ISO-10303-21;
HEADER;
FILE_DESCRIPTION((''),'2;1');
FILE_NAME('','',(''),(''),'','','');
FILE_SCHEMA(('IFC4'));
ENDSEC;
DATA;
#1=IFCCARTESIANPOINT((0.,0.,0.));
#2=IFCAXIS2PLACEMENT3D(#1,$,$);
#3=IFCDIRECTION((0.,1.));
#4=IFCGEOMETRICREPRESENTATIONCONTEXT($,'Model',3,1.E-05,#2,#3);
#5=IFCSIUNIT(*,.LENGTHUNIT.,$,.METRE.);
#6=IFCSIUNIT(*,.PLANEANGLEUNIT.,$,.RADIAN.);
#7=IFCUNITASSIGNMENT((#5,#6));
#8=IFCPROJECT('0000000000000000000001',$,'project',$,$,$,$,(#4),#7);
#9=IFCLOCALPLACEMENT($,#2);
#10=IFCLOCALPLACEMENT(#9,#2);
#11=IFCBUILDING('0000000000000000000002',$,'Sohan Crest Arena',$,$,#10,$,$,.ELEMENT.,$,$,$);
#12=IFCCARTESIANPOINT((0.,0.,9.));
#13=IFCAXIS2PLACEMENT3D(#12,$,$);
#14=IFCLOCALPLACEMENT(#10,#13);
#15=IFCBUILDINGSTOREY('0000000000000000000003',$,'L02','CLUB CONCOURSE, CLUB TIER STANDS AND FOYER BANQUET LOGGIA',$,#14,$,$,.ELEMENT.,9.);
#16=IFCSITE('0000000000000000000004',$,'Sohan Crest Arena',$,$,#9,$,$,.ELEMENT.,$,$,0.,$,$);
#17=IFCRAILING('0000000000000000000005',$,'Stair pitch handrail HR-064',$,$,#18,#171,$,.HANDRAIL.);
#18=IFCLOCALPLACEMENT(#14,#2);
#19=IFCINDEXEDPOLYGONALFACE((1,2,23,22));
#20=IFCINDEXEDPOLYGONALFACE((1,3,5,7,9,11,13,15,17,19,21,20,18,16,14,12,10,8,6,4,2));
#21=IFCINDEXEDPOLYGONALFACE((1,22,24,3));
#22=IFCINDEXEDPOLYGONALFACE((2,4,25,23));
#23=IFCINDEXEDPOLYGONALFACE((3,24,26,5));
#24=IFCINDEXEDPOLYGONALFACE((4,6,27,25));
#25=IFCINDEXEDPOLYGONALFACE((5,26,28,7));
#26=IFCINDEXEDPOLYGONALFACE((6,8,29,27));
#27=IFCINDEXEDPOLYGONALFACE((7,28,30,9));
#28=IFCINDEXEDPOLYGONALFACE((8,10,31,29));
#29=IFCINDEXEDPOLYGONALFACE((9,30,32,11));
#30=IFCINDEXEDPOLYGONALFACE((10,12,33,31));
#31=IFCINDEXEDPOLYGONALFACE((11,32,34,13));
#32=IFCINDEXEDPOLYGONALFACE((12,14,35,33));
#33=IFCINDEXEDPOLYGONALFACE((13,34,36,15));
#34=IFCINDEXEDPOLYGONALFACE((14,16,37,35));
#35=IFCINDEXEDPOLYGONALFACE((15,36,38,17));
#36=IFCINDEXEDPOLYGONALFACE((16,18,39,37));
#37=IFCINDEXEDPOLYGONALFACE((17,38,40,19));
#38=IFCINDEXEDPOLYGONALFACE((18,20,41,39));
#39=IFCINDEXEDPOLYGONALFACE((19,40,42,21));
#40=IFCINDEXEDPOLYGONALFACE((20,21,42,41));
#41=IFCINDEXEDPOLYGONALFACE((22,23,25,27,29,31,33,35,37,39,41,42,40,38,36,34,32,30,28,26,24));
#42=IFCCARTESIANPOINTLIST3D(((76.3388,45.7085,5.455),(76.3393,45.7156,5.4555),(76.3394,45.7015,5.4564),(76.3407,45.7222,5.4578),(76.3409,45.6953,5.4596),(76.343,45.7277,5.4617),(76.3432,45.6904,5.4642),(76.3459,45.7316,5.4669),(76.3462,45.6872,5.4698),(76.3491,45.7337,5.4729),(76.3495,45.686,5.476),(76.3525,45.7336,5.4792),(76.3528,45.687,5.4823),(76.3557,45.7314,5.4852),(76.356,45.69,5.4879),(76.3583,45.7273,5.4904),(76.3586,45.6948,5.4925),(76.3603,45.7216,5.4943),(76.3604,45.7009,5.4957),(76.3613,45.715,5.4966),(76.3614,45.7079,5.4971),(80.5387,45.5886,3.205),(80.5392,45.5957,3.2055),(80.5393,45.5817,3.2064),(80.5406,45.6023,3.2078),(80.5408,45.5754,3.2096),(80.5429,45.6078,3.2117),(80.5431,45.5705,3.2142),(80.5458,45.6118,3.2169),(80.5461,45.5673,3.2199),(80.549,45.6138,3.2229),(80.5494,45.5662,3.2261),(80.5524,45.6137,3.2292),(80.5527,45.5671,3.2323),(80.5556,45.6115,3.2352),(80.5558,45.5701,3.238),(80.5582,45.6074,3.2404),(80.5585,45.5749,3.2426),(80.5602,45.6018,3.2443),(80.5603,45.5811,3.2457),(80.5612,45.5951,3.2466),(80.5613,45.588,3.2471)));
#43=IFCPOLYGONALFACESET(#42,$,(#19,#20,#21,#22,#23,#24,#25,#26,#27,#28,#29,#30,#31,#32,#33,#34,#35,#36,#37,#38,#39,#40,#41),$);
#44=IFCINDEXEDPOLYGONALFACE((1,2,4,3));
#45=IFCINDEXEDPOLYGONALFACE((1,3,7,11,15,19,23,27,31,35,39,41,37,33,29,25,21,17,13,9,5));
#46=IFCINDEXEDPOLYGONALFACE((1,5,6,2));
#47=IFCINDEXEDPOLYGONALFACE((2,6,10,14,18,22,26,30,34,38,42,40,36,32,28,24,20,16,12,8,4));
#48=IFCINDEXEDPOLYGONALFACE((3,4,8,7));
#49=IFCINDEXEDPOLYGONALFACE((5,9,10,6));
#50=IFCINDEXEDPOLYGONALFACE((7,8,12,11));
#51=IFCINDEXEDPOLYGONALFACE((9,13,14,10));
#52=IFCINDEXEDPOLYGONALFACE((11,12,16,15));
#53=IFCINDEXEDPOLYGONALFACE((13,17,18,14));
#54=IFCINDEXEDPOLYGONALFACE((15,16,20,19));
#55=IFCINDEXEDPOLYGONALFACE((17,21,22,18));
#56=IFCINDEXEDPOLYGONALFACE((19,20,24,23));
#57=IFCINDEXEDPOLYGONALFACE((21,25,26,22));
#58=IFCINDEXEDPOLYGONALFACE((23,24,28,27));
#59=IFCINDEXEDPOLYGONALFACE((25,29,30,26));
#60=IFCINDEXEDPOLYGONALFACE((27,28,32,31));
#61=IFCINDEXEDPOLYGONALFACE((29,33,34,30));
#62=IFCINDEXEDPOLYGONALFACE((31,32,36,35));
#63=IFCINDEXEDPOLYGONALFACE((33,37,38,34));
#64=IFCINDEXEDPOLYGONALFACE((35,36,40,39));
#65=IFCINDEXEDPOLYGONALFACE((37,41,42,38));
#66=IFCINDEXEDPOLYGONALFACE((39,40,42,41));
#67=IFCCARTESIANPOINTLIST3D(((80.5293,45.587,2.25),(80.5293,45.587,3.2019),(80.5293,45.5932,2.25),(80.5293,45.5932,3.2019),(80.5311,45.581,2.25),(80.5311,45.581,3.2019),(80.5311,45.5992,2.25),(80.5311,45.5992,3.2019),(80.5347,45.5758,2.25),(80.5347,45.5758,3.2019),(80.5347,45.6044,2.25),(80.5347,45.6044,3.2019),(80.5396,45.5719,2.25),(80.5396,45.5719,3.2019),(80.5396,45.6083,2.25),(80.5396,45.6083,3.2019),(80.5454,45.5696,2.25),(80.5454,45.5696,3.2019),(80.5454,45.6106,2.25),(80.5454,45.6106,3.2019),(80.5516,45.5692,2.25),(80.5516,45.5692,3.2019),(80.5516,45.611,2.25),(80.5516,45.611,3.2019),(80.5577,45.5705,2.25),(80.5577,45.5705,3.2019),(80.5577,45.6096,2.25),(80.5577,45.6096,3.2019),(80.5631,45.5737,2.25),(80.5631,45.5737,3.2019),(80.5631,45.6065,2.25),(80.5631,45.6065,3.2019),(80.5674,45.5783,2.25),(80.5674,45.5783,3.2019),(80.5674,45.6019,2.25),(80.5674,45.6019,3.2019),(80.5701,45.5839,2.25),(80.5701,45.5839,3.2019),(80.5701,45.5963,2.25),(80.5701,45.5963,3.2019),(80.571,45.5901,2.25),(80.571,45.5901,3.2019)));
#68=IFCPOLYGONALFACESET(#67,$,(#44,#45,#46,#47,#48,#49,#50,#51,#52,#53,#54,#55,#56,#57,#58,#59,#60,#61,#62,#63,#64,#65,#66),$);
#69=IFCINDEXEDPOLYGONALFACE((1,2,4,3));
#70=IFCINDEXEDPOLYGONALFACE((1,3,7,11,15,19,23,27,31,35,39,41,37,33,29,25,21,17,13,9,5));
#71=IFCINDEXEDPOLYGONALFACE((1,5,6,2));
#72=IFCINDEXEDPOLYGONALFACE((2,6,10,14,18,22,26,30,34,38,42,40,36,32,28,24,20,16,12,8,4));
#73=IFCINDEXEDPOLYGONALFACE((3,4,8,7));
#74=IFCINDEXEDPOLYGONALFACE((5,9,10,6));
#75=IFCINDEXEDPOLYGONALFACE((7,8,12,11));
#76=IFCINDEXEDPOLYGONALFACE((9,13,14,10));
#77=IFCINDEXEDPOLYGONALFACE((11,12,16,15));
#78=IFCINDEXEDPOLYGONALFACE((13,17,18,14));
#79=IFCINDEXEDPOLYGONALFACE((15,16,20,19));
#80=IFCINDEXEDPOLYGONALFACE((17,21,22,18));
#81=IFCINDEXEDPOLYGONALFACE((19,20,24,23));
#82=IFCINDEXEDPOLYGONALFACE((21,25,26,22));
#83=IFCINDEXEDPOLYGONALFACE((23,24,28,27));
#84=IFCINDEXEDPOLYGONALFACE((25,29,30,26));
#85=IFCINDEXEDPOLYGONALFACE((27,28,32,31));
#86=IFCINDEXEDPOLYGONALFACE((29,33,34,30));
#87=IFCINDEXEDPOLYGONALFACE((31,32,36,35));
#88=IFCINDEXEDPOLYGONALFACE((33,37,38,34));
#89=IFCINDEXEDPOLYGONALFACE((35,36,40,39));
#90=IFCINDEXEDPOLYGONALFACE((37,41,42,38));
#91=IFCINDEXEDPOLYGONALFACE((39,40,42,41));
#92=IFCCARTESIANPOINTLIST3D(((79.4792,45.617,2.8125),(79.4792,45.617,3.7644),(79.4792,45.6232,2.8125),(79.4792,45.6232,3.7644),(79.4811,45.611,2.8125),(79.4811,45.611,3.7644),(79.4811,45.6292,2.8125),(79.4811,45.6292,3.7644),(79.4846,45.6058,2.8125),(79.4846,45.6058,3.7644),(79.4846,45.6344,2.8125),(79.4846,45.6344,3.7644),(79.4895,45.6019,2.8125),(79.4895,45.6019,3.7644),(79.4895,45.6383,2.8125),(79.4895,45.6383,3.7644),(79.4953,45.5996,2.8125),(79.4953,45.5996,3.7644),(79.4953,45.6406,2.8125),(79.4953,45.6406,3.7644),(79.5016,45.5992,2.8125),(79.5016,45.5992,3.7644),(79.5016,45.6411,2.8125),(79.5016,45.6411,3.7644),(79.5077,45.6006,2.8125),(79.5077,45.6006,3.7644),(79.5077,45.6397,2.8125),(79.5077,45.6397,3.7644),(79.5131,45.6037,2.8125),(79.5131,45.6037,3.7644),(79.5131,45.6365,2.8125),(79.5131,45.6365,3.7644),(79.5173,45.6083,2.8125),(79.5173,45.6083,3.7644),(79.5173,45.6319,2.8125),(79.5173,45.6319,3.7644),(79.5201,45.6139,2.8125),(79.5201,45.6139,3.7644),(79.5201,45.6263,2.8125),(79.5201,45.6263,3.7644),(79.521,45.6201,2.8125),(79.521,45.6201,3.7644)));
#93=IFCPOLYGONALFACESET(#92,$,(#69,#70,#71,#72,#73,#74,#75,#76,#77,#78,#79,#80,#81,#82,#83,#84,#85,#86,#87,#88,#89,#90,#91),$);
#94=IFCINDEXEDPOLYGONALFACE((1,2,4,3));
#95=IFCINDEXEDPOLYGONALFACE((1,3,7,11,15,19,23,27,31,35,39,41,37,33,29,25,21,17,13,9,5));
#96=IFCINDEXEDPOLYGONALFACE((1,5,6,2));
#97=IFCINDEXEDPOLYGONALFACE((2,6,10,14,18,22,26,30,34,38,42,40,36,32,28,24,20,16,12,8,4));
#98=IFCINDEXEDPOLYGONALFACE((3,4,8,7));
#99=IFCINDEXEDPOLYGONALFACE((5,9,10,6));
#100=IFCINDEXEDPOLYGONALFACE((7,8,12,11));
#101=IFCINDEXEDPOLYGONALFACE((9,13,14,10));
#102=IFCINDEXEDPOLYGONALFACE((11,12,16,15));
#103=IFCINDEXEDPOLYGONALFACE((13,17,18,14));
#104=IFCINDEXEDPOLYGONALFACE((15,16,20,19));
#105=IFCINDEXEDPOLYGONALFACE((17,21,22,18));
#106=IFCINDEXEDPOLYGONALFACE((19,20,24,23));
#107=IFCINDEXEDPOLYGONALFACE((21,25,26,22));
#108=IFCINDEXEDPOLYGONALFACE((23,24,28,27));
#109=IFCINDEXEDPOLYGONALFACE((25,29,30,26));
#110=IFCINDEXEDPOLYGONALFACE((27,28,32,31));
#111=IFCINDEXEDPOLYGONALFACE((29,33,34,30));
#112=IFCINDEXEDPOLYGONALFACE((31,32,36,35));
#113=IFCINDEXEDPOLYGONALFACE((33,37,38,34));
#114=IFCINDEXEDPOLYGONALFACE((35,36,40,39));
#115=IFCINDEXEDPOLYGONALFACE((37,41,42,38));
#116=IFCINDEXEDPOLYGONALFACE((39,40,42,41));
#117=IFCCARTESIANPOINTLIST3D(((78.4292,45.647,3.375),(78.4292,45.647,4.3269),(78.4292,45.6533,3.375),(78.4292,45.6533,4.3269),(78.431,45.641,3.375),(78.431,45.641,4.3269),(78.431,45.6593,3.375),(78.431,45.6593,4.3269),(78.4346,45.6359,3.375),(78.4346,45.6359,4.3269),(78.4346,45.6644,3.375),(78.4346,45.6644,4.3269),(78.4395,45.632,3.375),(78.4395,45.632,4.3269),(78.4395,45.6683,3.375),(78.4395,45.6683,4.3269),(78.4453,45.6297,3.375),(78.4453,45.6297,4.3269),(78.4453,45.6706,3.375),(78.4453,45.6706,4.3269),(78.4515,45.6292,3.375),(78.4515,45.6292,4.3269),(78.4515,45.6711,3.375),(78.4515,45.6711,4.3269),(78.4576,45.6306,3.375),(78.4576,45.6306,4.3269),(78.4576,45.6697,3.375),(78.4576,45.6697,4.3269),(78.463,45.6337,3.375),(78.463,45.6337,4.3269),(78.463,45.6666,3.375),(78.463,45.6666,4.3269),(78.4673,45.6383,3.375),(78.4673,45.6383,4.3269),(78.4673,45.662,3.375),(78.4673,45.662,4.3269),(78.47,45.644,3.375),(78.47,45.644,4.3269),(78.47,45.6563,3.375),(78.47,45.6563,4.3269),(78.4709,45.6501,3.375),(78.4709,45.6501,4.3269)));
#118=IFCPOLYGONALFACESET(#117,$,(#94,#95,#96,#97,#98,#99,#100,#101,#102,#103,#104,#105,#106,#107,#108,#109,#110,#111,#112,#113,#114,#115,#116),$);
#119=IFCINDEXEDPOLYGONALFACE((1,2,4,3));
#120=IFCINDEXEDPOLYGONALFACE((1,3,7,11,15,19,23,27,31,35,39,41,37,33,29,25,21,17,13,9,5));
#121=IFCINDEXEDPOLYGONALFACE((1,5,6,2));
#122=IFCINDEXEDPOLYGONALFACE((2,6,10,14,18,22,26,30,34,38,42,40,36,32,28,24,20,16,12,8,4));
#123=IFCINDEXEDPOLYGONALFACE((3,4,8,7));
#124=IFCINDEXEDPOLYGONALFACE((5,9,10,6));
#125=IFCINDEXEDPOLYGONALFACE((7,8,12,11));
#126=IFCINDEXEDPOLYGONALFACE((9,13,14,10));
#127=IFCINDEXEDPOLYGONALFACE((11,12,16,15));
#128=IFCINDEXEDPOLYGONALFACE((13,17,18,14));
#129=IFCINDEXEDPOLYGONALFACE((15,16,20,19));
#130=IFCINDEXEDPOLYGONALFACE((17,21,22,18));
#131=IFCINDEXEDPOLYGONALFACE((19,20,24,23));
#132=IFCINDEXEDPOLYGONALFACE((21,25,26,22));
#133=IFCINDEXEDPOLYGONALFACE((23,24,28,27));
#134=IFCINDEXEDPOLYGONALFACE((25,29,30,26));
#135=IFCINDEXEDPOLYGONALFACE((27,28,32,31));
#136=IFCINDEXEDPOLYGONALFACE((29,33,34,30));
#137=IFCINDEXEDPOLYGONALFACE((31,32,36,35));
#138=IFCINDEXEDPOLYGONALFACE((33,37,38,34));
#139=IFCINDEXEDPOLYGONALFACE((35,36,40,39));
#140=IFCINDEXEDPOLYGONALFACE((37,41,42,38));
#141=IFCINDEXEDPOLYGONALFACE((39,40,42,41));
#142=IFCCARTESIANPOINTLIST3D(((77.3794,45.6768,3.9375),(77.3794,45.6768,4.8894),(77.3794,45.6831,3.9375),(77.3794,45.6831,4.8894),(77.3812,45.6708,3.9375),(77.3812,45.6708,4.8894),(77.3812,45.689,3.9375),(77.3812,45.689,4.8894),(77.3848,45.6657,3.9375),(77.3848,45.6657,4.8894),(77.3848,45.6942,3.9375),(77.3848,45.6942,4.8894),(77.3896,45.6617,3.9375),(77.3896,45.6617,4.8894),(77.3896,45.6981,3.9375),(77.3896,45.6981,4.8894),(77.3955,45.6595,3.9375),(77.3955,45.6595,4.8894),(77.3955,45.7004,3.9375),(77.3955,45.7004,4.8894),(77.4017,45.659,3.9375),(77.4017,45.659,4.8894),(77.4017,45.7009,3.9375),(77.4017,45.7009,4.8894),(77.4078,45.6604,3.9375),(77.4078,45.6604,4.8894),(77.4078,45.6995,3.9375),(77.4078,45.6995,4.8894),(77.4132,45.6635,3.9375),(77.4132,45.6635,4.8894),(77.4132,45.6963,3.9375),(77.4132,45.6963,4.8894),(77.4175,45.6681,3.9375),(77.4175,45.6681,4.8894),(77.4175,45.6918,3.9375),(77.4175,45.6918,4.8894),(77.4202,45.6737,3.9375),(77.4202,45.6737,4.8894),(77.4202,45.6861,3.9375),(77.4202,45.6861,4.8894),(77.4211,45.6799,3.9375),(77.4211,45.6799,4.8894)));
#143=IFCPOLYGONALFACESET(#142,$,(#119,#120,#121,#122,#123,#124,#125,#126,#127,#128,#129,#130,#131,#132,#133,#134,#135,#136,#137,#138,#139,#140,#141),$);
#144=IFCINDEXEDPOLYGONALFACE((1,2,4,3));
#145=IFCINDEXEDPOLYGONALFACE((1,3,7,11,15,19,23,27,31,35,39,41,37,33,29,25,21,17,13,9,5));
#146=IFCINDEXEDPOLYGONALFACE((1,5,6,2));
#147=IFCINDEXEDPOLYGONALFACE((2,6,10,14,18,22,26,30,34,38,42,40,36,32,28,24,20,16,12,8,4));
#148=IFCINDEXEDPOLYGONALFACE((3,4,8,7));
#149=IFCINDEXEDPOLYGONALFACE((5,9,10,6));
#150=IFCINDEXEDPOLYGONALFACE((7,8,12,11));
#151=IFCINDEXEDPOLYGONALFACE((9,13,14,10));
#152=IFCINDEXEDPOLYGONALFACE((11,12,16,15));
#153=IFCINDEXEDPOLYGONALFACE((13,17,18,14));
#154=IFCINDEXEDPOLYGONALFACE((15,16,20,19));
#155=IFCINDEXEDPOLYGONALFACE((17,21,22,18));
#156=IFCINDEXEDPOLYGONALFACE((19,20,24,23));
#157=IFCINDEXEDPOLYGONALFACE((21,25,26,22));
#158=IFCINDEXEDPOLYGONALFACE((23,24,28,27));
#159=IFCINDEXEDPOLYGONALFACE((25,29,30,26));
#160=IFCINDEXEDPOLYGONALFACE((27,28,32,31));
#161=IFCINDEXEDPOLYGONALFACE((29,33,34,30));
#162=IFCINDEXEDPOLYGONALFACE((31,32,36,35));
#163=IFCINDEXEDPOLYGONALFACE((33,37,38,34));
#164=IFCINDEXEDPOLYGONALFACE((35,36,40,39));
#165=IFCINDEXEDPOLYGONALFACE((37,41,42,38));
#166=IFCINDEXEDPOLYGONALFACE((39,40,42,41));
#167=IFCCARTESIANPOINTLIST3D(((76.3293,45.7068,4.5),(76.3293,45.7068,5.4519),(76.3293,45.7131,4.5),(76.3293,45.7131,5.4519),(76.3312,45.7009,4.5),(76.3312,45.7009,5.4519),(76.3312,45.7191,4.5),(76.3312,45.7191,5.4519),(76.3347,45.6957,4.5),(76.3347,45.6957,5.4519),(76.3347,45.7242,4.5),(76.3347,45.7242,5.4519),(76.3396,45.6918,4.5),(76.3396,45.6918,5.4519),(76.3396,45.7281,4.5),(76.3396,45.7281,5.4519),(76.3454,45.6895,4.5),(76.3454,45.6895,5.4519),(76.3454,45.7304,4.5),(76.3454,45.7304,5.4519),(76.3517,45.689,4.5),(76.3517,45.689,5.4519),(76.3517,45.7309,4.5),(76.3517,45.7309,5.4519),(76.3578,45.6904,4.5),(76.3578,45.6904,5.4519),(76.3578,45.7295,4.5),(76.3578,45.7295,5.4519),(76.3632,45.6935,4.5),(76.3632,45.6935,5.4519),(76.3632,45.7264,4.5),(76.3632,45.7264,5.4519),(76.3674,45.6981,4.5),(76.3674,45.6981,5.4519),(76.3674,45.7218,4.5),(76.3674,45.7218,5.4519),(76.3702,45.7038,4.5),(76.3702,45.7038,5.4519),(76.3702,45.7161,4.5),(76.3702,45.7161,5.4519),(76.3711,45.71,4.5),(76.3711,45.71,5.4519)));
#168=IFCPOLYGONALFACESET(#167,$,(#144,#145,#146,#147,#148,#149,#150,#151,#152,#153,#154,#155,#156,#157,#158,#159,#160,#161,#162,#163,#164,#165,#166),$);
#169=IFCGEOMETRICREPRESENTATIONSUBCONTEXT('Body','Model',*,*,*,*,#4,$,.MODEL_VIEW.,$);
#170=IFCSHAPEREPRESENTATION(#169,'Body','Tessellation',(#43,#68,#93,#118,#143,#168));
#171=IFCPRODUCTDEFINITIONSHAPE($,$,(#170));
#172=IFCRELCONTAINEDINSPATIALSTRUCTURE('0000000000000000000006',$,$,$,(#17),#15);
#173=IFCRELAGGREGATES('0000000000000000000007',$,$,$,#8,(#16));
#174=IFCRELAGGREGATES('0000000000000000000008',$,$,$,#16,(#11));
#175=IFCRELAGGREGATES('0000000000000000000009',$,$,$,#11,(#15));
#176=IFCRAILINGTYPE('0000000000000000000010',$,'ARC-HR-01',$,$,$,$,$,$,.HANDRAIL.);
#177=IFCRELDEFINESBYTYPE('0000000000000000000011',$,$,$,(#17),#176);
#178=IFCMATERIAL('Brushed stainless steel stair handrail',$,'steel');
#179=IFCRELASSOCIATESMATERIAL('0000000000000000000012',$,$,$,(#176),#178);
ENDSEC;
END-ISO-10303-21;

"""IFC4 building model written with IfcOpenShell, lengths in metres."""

from ifc_helpers import new_model, si_unit, direction, frame, origin, origin_2d, place, context, subcontext, project, spatial, circle, extrude, material, type_object, element, save


model = new_model("IFC4")

# Units and contexts
model_context = context("Model", 3, precision=1e-05, world=origin(), true_north=direction((0.0, 1.0)))
body_context = subcontext(model_context, "Body", "Model", "MODEL_VIEW")
ifc_project = project(units=[si_unit("LENGTHUNIT", "METRE"), si_unit("PLANEANGLEUNIT", "RADIAN")], contexts=[model_context])

# Site, building, storey
site_placement = place(None, origin())
site = spatial("IfcSite", under=ifc_project, at=site_placement, Name="Sohan Crest Arena", CompositionType="ELEMENT", RefElevation=0.0)
building_placement = place(site_placement, origin())
building = spatial("IfcBuilding", under=site, at=building_placement, Name="Sohan Crest Arena", CompositionType="ELEMENT")
storey_placement = place(building_placement, frame((0.0, 0.0, 9.0)))
storey = spatial("IfcBuildingStorey", under=building, at=storey_placement, Name="L02", Description="CLUB CONCOURSE, CLUB TIER STANDS AND FOYER BANQUET LOGGIA", CompositionType="ELEMENT", Elevation=9.0)

# Railing
ifc_material_1 = material(Name="Brushed stainless steel stair handrail", Category="steel")
railing_type_1 = type_object("IfcRailingType", Name="ARC-HR-01", PredefinedType="HANDRAIL", material=ifc_material_1)
railing_1_placement = place(storey_placement, frame((80.55, 45.5901, 2.25)))
element("IfcRailing", 1, at=railing_1_placement, inside=storey, type_object=railing_type_1, Name="Stair pitch handrail HR-064", PredefinedType="HANDRAIL", context=body_context, shape_type="SweptSolid", body=[
    extrude(circle(Radius=0.0239, at=origin_2d()), frame((0.0, 0.0, 0.9761), z_axis=(-0.881199, 0.025151, 0.472076), x_axis=(-0.02853, -0.999593, 0.0)), (0.0, 0.0, 1.0), 4.7661),
    extrude(circle(Radius=0.021, at=origin_2d()), origin(), (0.0, 0.0, 1.0), 0.9519),
    extrude(circle(Radius=0.021, at=origin_2d()), frame((-1.05, 0.03, 0.5625)), (0.0, 0.0, 1.0), 0.9519),
    extrude(circle(Radius=0.021, at=origin_2d()), frame((-2.1001, 0.0601, 1.125)), (0.0, 0.0, 1.0), 0.9519),
    extrude(circle(Radius=0.021, at=origin_2d()), frame((-3.1499, 0.0898, 1.6875)), (0.0, 0.0, 1.0), 0.9519),
    extrude(circle(Radius=0.021, at=origin_2d()), frame((-4.2, 0.1199, 2.25)), (0.0, 0.0, 1.0), 0.9519),
])

save(model, "model.ifc")
